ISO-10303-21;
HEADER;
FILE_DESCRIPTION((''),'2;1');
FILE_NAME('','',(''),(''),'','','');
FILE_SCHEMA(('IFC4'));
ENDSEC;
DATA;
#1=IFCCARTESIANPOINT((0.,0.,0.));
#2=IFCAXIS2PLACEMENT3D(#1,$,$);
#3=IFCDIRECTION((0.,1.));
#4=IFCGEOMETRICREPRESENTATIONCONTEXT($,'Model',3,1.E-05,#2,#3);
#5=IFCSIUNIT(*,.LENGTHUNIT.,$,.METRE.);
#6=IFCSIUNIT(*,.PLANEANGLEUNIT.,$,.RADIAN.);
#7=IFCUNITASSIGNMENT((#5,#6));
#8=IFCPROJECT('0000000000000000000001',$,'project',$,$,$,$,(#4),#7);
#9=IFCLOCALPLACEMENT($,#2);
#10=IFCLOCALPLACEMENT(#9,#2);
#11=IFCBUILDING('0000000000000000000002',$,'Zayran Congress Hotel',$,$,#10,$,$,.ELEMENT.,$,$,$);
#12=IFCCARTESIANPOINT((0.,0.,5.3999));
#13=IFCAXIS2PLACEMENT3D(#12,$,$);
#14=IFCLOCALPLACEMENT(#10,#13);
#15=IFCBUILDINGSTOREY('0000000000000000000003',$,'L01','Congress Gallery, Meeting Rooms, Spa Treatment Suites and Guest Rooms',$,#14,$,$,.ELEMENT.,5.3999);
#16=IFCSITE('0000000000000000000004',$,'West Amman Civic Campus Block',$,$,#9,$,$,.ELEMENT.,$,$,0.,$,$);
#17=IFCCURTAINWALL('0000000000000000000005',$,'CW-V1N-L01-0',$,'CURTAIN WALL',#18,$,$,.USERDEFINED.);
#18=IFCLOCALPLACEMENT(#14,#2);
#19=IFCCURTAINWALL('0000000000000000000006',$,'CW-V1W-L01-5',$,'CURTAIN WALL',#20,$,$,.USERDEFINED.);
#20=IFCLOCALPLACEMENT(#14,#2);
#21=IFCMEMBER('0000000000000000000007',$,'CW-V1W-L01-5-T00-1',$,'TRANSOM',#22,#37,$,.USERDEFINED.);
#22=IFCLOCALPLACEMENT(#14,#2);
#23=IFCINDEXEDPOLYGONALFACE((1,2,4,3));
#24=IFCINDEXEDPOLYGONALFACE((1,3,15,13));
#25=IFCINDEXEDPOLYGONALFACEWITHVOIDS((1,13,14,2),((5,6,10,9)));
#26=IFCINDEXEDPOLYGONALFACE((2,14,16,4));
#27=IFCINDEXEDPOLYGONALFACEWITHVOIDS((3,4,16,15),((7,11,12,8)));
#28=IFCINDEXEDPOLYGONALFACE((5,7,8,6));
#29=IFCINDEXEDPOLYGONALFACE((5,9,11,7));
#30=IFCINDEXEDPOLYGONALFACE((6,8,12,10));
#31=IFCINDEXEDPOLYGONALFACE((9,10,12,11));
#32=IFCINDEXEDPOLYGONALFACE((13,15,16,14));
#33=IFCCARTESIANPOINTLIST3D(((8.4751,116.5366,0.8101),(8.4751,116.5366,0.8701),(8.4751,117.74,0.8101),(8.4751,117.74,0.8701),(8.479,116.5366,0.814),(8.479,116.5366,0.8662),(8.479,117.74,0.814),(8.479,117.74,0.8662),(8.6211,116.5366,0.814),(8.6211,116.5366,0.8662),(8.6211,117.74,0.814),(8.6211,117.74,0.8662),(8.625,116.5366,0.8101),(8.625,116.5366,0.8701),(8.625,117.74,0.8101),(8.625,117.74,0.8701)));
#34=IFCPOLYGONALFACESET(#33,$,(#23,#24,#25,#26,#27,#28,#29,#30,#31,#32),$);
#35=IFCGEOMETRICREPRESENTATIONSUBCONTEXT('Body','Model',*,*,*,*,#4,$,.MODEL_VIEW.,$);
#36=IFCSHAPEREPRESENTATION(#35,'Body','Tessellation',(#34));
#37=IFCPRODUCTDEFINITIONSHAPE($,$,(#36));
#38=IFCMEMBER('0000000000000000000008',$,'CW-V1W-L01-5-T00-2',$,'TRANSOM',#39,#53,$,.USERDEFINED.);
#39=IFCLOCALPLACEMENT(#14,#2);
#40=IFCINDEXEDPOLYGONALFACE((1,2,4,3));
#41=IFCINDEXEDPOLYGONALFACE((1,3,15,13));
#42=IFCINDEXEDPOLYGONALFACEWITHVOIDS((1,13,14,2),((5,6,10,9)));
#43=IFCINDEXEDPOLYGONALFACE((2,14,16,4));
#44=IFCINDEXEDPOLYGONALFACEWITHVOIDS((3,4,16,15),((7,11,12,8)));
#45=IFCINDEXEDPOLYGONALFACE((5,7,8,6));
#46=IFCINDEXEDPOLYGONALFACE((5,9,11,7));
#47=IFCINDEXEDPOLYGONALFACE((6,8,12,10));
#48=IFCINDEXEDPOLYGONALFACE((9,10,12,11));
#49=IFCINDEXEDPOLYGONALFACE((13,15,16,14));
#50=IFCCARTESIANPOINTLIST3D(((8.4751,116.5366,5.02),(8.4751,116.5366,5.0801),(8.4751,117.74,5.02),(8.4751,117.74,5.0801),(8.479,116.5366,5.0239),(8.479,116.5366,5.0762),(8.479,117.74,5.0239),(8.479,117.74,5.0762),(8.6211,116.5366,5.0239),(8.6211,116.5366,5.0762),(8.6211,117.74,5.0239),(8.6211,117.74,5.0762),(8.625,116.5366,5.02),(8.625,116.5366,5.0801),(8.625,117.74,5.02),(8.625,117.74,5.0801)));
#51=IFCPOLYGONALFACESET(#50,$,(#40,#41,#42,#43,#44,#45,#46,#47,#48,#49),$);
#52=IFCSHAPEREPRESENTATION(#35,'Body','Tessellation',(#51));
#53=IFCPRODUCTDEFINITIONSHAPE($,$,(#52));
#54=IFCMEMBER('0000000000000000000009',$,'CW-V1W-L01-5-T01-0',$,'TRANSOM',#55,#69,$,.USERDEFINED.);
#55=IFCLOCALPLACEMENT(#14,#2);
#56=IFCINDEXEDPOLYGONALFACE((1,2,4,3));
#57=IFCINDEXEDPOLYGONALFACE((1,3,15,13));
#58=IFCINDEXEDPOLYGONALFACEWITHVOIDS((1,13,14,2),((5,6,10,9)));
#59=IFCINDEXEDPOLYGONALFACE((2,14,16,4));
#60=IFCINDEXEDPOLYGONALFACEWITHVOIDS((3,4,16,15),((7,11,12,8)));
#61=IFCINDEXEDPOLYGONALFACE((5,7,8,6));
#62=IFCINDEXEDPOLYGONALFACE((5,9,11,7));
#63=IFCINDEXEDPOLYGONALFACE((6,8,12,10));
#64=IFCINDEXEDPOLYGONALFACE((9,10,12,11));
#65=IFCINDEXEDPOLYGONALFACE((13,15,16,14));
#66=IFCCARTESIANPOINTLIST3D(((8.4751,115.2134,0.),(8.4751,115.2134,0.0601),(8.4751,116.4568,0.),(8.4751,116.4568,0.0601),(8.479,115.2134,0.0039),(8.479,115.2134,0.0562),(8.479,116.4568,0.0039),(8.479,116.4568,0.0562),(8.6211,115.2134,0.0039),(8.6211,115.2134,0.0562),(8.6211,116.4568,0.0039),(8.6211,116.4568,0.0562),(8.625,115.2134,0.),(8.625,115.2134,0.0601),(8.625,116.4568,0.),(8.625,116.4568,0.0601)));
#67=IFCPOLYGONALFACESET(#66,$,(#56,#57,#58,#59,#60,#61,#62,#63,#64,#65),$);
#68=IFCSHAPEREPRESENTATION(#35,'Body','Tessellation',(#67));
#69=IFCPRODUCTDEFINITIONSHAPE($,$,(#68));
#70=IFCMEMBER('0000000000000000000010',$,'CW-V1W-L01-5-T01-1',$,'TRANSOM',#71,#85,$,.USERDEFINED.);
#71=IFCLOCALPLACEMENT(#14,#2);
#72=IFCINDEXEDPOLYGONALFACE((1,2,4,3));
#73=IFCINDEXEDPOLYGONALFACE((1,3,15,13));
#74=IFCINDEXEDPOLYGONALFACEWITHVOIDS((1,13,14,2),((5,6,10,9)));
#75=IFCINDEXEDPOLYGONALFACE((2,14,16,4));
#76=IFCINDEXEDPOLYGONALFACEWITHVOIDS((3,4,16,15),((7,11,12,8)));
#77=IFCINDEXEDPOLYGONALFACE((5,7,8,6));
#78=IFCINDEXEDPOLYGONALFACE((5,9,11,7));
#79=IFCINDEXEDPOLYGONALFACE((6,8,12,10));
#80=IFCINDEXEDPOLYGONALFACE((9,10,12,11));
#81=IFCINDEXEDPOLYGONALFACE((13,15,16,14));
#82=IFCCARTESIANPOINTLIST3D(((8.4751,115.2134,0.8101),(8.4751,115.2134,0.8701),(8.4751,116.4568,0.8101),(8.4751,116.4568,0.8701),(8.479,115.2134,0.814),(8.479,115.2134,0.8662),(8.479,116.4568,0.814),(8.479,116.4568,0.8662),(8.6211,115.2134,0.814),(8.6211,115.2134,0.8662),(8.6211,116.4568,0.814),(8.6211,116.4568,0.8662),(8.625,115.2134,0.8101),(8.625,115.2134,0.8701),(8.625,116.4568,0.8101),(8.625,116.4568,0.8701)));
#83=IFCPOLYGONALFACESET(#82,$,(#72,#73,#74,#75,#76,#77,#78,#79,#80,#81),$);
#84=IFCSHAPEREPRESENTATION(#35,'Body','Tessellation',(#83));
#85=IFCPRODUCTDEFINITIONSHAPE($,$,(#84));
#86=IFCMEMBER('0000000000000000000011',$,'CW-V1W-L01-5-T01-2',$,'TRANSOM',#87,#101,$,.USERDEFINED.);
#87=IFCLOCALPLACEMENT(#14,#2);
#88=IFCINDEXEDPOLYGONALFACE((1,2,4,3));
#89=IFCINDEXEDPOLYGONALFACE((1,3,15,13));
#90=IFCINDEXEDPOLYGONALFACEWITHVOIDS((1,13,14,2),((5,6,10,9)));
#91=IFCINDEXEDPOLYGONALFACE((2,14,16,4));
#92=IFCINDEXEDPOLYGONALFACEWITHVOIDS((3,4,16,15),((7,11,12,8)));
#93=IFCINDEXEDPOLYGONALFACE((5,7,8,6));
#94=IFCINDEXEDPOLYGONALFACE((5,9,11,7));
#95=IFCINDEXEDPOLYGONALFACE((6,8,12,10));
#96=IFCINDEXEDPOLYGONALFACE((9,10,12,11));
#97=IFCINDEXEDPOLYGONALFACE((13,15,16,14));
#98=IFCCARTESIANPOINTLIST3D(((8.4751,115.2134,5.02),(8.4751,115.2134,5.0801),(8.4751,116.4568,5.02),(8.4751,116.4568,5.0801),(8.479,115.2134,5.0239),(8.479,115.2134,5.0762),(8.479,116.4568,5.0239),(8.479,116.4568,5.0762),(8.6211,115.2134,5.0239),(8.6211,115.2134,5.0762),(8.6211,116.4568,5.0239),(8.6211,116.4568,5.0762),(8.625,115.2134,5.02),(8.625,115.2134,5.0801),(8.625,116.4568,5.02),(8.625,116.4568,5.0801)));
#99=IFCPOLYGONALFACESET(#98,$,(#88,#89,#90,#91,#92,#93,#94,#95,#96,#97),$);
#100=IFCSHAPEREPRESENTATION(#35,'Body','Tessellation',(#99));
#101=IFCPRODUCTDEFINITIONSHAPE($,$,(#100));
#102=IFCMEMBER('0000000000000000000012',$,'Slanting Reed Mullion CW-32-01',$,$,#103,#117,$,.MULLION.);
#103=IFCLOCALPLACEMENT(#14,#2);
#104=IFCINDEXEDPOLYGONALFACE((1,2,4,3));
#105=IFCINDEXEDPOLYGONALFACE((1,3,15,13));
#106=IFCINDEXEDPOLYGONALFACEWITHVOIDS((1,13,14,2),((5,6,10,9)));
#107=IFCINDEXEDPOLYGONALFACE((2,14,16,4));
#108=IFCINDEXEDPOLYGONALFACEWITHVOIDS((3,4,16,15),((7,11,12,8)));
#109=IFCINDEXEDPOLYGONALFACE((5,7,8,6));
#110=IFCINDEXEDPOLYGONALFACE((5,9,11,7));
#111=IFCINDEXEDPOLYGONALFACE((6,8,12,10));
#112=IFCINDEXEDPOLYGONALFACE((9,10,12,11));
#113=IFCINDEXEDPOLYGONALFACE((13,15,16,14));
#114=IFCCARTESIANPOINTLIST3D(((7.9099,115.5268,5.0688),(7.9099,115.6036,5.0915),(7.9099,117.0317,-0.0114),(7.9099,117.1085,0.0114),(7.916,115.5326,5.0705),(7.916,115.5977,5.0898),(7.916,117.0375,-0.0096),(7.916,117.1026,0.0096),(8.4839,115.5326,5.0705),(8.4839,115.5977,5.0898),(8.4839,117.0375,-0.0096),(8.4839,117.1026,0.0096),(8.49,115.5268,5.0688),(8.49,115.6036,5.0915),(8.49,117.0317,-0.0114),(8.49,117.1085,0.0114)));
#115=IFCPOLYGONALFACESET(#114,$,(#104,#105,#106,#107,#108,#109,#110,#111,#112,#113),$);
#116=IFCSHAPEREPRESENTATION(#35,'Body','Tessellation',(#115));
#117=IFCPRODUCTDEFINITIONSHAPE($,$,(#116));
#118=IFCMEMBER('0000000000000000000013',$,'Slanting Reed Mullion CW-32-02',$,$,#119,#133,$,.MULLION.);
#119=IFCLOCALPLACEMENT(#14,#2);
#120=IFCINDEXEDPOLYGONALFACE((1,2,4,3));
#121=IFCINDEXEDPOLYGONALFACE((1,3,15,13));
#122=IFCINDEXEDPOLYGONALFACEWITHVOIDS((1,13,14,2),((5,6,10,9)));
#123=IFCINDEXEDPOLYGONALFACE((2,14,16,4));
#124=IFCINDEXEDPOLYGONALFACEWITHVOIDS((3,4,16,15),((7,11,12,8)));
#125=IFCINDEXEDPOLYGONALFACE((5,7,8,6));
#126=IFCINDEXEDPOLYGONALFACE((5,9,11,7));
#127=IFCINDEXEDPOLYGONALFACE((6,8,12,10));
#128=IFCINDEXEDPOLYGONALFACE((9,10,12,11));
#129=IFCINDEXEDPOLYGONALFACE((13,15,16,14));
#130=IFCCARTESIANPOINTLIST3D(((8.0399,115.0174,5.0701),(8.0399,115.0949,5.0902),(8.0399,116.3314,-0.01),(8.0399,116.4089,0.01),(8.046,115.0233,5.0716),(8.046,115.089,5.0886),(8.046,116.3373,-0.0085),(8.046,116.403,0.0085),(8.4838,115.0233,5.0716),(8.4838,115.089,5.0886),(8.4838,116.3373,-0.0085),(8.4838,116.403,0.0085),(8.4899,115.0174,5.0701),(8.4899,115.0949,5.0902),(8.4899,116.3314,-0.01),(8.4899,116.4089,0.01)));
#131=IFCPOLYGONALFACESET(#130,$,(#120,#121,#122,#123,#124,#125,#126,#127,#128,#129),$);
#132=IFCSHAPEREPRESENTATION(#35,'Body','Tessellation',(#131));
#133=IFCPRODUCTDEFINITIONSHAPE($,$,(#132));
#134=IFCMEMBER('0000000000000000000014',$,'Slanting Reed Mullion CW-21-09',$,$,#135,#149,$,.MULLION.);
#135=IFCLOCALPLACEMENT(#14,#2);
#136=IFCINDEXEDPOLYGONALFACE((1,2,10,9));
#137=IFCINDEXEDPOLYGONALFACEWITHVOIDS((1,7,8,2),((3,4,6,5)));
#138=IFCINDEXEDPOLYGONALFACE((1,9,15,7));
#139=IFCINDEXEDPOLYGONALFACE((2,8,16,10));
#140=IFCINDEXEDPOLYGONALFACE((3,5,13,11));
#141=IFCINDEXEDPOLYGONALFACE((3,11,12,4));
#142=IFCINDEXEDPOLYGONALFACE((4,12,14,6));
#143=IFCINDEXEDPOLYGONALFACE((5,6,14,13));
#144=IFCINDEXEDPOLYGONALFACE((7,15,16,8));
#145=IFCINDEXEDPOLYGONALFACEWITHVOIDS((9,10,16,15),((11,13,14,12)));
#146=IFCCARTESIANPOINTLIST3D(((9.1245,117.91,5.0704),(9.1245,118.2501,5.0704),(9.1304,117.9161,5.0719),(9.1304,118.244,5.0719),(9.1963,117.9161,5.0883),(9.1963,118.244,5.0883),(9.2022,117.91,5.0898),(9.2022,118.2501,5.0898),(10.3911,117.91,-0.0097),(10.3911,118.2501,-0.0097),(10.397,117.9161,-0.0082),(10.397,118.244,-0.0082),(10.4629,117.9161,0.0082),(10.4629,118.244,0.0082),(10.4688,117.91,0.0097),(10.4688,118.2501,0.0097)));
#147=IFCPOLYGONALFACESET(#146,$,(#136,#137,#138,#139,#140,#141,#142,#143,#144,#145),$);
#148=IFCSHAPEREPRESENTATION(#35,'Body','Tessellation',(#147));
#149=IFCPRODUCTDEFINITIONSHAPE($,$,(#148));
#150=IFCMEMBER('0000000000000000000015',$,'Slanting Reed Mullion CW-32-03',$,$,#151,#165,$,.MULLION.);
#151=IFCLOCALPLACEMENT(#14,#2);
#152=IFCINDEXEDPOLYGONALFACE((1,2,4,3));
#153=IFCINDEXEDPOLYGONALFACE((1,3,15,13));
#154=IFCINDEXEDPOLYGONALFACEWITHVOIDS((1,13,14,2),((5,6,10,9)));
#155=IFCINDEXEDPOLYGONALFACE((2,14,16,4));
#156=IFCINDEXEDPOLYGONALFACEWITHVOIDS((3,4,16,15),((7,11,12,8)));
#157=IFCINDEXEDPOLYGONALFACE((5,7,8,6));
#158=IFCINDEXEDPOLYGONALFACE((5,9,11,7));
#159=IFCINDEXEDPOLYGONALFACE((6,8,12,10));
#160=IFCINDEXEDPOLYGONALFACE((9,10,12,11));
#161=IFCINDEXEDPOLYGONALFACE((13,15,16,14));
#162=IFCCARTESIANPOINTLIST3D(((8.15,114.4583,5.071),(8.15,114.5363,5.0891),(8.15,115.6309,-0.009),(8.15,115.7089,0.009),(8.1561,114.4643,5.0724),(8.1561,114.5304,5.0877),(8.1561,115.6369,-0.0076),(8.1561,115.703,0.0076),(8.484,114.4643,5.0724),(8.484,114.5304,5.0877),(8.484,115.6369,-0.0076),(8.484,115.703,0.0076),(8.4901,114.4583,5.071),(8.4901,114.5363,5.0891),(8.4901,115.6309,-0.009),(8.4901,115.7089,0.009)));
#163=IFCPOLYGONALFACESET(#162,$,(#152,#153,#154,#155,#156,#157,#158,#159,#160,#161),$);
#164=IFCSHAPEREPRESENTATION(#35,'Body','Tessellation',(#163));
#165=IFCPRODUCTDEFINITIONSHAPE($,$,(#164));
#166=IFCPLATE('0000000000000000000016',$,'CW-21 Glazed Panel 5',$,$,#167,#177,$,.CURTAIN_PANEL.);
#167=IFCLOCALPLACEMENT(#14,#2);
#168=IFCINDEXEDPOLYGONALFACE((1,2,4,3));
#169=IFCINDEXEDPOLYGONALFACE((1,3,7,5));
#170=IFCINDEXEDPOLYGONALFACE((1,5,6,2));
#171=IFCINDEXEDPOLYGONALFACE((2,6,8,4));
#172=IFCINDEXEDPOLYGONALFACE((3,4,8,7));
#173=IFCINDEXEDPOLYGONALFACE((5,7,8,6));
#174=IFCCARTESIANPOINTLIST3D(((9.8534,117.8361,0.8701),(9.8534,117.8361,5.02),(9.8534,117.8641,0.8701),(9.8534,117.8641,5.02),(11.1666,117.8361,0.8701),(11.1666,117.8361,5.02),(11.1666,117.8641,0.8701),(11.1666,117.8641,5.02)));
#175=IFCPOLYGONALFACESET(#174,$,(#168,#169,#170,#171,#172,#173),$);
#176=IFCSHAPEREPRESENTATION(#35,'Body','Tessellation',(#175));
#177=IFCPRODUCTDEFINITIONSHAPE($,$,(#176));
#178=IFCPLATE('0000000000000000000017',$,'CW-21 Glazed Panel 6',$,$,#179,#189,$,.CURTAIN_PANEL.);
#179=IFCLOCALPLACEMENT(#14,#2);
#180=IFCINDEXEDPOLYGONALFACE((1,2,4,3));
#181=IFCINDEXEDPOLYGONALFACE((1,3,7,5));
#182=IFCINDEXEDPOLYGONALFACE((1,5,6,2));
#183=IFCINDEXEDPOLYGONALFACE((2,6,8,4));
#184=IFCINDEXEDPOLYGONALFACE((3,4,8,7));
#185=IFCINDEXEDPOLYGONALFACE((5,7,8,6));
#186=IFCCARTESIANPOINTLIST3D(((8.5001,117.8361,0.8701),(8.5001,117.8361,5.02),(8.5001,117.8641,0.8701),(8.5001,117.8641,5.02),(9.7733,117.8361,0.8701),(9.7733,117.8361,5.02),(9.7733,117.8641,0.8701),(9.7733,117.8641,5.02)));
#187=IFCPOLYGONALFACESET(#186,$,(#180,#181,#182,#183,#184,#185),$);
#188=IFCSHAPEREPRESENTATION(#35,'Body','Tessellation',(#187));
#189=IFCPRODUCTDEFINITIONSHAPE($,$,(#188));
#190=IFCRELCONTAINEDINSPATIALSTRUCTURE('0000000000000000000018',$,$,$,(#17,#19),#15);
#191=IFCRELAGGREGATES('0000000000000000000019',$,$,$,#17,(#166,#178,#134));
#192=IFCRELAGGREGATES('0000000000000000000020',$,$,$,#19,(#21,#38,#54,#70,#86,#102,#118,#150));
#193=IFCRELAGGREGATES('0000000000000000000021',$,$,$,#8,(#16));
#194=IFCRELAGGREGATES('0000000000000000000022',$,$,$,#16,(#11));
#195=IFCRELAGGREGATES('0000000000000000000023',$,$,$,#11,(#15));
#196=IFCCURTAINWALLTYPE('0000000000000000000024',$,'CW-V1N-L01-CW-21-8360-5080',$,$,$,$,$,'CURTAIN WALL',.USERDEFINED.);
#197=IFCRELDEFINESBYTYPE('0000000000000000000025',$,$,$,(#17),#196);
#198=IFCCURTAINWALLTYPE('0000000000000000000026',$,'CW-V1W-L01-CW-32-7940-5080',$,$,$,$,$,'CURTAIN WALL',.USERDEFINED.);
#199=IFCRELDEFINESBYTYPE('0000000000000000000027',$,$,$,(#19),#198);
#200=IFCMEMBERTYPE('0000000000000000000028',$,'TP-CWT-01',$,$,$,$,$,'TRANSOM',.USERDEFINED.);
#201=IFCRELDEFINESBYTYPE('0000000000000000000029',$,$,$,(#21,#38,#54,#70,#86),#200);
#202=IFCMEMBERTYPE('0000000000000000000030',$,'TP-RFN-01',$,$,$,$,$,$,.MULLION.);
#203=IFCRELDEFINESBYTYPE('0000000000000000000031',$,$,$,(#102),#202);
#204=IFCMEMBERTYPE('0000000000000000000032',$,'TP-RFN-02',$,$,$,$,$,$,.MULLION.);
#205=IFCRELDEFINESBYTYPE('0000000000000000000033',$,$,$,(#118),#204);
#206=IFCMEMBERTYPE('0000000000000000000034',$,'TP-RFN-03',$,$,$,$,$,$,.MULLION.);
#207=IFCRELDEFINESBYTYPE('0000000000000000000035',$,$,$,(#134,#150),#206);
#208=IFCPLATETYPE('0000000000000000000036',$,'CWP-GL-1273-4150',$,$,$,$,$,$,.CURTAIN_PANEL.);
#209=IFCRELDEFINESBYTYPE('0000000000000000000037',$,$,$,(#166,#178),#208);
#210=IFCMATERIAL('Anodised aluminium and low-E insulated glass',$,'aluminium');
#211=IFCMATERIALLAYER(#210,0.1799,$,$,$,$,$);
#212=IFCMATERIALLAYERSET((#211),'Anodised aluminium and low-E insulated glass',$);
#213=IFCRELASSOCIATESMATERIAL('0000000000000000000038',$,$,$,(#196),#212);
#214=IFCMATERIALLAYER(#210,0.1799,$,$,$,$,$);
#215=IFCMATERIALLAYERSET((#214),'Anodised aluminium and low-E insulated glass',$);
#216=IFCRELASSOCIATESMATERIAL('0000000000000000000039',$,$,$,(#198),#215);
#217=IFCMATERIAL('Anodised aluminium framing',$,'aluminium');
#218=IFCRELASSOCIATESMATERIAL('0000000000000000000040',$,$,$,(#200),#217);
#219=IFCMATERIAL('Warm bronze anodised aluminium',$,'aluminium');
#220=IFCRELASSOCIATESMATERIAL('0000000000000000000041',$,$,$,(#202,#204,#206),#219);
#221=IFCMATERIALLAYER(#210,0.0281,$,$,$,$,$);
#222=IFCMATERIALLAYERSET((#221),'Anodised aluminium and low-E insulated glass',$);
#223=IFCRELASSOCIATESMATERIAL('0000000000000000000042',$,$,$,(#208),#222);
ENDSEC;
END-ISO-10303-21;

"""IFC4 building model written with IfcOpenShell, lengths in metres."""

from ifc_helpers import new_model, si_unit, direction, frame, origin, origin_2d, place, context, subcontext, project, spatial, rectangle, hollow_rectangle, extrude, material, layer, layer_set, material_profile, profile_set, type_object, element, aggregate, save


model = new_model("IFC4")

# Units and contexts
model_context = context("Model", 3, precision=1e-05, world=origin(), true_north=direction((0.0, 1.0)))
body_context = subcontext(model_context, "Body", "Model", "MODEL_VIEW")
ifc_project = project(units=[si_unit("LENGTHUNIT", "METRE"), si_unit("PLANEANGLEUNIT", "RADIAN")], contexts=[model_context])

# Site, building, storey
site_placement = place(None, origin())
site = spatial("IfcSite", under=ifc_project, at=site_placement, Name="West Amman Civic Campus Block", CompositionType="ELEMENT", RefElevation=0.0)
building_placement = place(site_placement, origin())
building = spatial("IfcBuilding", under=site, at=building_placement, Name="Zayran Congress Hotel", CompositionType="ELEMENT")
storey_placement = place(building_placement, frame((0.0, 0.0, 5.3999)))
storey = spatial("IfcBuildingStorey", under=building, at=storey_placement, Name="L01", Description="Congress Gallery, Meeting Rooms, Spa Treatment Suites and Guest Rooms", CompositionType="ELEMENT", Elevation=5.3999)

# Curtain walls
ifc_material_1 = material(Name="Anodised aluminium and low-E insulated glass", Category="aluminium")
ifc_layer_1 = layer(ifc_material_1, 0.1799)
ifc_layer_set_1 = layer_set([ifc_layer_1], Name="Anodised aluminium and low-E insulated glass")
curtain_wall_type_1 = type_object("IfcCurtainWallType", Name="CW-V1N-L01-CW-21-8360-5080", ElementType="CURTAIN WALL", PredefinedType="USERDEFINED", material=ifc_layer_set_1)
curtain_wall_1_placement = place(storey_placement, origin())
curtain_wall_1 = element("IfcCurtainWall", 1, at=curtain_wall_1_placement, inside=storey, type_object=curtain_wall_type_1, Name="CW-V1N-L01-0", ObjectType="CURTAIN WALL", PredefinedType="USERDEFINED")
ifc_material_2 = material(Name="Anodised aluminium framing", Category="aluminium")
ifc_layer_2 = layer(ifc_material_1, 0.1799)
ifc_layer_set_2 = layer_set([ifc_layer_2], Name="Anodised aluminium and low-E insulated glass")
curtain_wall_type_2 = type_object("IfcCurtainWallType", Name="CW-V1W-L01-CW-32-7940-5080", ElementType="CURTAIN WALL", PredefinedType="USERDEFINED", material=ifc_layer_set_2)
curtain_wall_2_placement = place(storey_placement, origin())
curtain_wall_2 = element("IfcCurtainWall", 2, at=curtain_wall_2_placement, inside=storey, type_object=curtain_wall_type_2, Name="CW-V1W-L01-5", ObjectType="CURTAIN WALL", PredefinedType="USERDEFINED")

# Members
ifc_material_profile_1 = material_profile(ifc_material_2, hollow_rectangle(XDim=0.0601, YDim=0.1499, WallThickness=0.0039, at=origin_2d()), Name="RHS 150x60x4")
ifc_profile_set_1 = profile_set([ifc_material_profile_1], Name="Anodised aluminium framing")
member_type_1 = type_object("IfcMemberType", Name="TP-CWT-01", ElementType="TRANSOM", PredefinedType="USERDEFINED", material=ifc_profile_set_1)
member_1_placement = place(storey_placement, frame((8.55, 117.74, 0.8401), z_axis=(0.0, -1.0, 0.0), x_axis=(0.0, 0.0, 1.0)))
member_1 = element("IfcMember", 3, at=member_1_placement, type_object=member_type_1, Name="CW-V1W-L01-5-T00-1", ObjectType="TRANSOM", PredefinedType="USERDEFINED", context=body_context, shape_type="SweptSolid", body=[
    extrude(hollow_rectangle(XDim=0.0601, YDim=0.1499, WallThickness=0.0039, at=origin_2d()), origin(), (0.0, 0.0, 1.0), 1.2034),
])
member_2_placement = place(storey_placement, frame((8.55, 117.74, 5.05), z_axis=(0.0, -1.0, 0.0), x_axis=(0.0, 0.0, 1.0)))
member_2 = element("IfcMember", 4, at=member_2_placement, type_object=member_type_1, Name="CW-V1W-L01-5-T00-2", ObjectType="TRANSOM", PredefinedType="USERDEFINED", context=body_context, shape_type="SweptSolid", body=[
    extrude(hollow_rectangle(XDim=0.0601, YDim=0.1499, WallThickness=0.0039, at=origin_2d()), origin(), (0.0, 0.0, 1.0), 1.2034),
])
member_3_placement = place(storey_placement, frame((8.55, 116.4568, 0.03), z_axis=(0.0, -1.0, 0.0), x_axis=(0.0, 0.0, 1.0)))
member_3 = element("IfcMember", 5, at=member_3_placement, type_object=member_type_1, Name="CW-V1W-L01-5-T01-0", ObjectType="TRANSOM", PredefinedType="USERDEFINED", context=body_context, shape_type="SweptSolid", body=[
    extrude(hollow_rectangle(XDim=0.0601, YDim=0.1499, WallThickness=0.0039, at=origin_2d()), origin(), (0.0, 0.0, 1.0), 1.2434),
])
member_4_placement = place(storey_placement, frame((8.55, 116.4568, 0.8401), z_axis=(0.0, -1.0, 0.0), x_axis=(0.0, 0.0, 1.0)))
member_4 = element("IfcMember", 6, at=member_4_placement, type_object=member_type_1, Name="CW-V1W-L01-5-T01-1", ObjectType="TRANSOM", PredefinedType="USERDEFINED", context=body_context, shape_type="SweptSolid", body=[
    extrude(hollow_rectangle(XDim=0.0601, YDim=0.1499, WallThickness=0.0039, at=origin_2d()), origin(), (0.0, 0.0, 1.0), 1.2434),
])
member_5_placement = place(storey_placement, frame((8.55, 116.4568, 5.05), z_axis=(0.0, -1.0, 0.0), x_axis=(0.0, 0.0, 1.0)))
member_5 = element("IfcMember", 7, at=member_5_placement, type_object=member_type_1, Name="CW-V1W-L01-5-T01-2", ObjectType="TRANSOM", PredefinedType="USERDEFINED", context=body_context, shape_type="SweptSolid", body=[
    extrude(hollow_rectangle(XDim=0.0601, YDim=0.1499, WallThickness=0.0039, at=origin_2d()), origin(), (0.0, 0.0, 1.0), 1.2434),
])
ifc_material_3 = material(Name="Warm bronze anodised aluminium", Category="aluminium")
ifc_material_profile_2 = material_profile(ifc_material_3, hollow_rectangle(XDim=0.0801, YDim=0.5801, WallThickness=0.0061, at=origin_2d()), Name="RHS 580x80x6")
ifc_profile_set_2 = profile_set([ifc_material_profile_2], Name="Warm bronze anodised aluminium")
member_type_2 = type_object("IfcMemberType", Name="TP-RFN-01", PredefinedType="MULLION", material=ifc_profile_set_2)
member_6_placement = place(storey_placement, frame((8.2, 117.0701, 0.0), z_axis=(0.0, -0.284032, 0.958815), x_axis=(0.0, 0.958815, 0.284032)))
member_6 = element("IfcMember", 8, at=member_6_placement, type_object=member_type_2, Name="Slanting Reed Mullion CW-32-01", PredefinedType="MULLION", context=body_context, shape_type="SweptSolid", body=[
    extrude(hollow_rectangle(XDim=0.0801, YDim=0.5801, WallThickness=0.0061, at=origin_2d()), origin(), (0.0, 0.0, 1.0), 5.2983),
])
ifc_material_profile_3 = material_profile(ifc_material_3, hollow_rectangle(XDim=0.0801, YDim=0.45, WallThickness=0.0061, at=origin_2d()), Name="RHS 450x80x6")
ifc_profile_set_3 = profile_set([ifc_material_profile_3], Name="Warm bronze anodised aluminium")
member_type_3 = type_object("IfcMemberType", Name="TP-RFN-02", PredefinedType="MULLION", material=ifc_profile_set_3)
member_7_placement = place(storey_placement, frame((8.2649, 116.3701, 0.0), z_axis=(0.0, -0.25041, 0.96814), x_axis=(0.0, 0.96814, 0.25041)))
member_7 = element("IfcMember", 9, at=member_7_placement, type_object=member_type_3, Name="Slanting Reed Mullion CW-32-02", PredefinedType="MULLION", context=body_context, shape_type="SweptSolid", body=[
    extrude(hollow_rectangle(XDim=0.0801, YDim=0.45, WallThickness=0.0061, at=origin_2d()), origin(), (0.0, 0.0, 1.0), 5.2473),
])
ifc_material_profile_4 = material_profile(ifc_material_3, hollow_rectangle(XDim=0.0801, YDim=0.3401, WallThickness=0.0061, at=origin_2d()), Name="RHS 340x80x6")
ifc_profile_set_4 = profile_set([ifc_material_profile_4], Name="Warm bronze anodised aluminium")
member_type_4 = type_object("IfcMemberType", Name="TP-RFN-03", PredefinedType="MULLION", material=ifc_profile_set_4)
member_8_placement = place(storey_placement, frame((10.4299, 118.0801, 0.0), z_axis=(-0.241921, 0.0, 0.970296), x_axis=(0.970296, 0.0, 0.241921)))
member_8 = element("IfcMember", 10, at=member_8_placement, type_object=member_type_4, Name="Slanting Reed Mullion CW-21-09", PredefinedType="MULLION", context=body_context, shape_type="SweptSolid", body=[
    extrude(hollow_rectangle(XDim=0.0801, YDim=0.3401, WallThickness=0.0061, at=origin_2d()), origin(), (0.0, 0.0, 1.0), 5.2356),
])
member_9_placement = place(storey_placement, frame((8.3201, 115.6699, 0.0), z_axis=(0.0, -0.224911, 0.974379), x_axis=(0.0, 0.974379, 0.224911)))
member_9 = element("IfcMember", 11, at=member_9_placement, type_object=member_type_4, Name="Slanting Reed Mullion CW-32-03", PredefinedType="MULLION", context=body_context, shape_type="SweptSolid", body=[
    extrude(hollow_rectangle(XDim=0.0801, YDim=0.3401, WallThickness=0.0061, at=origin_2d()), origin(), (0.0, 0.0, 1.0), 5.2136),
])

# Plates
ifc_layer_3 = layer(ifc_material_1, 0.0281)
ifc_layer_set_3 = layer_set([ifc_layer_3], Name="Anodised aluminium and low-E insulated glass")
plate_type_1 = type_object("IfcPlateType", Name="CWP-GL-1273-4150", PredefinedType="CURTAIN_PANEL", material=ifc_layer_set_3)
plate_1_placement = place(storey_placement, frame((10.51, 117.8501, 0.8701), z_axis=(0.0, 0.0, 1.0), x_axis=(1.0, 0.0, 0.0)))
plate_1 = element("IfcPlate", 12, at=plate_1_placement, type_object=plate_type_1, Name="CW-21 Glazed Panel 5", PredefinedType="CURTAIN_PANEL", context=body_context, shape_type="SweptSolid", body=[
    extrude(rectangle(XDim=1.3132, YDim=0.0281, at=origin_2d()), origin(), (0.0, 0.0, 1.0), 4.1499),
])
plate_2_placement = place(storey_placement, frame((9.1367, 117.8501, 0.8701), z_axis=(0.0, 0.0, 1.0), x_axis=(1.0, 0.0, 0.0)))
plate_2 = element("IfcPlate", 13, at=plate_2_placement, type_object=plate_type_1, Name="CW-21 Glazed Panel 6", PredefinedType="CURTAIN_PANEL", context=body_context, shape_type="SweptSolid", body=[
    extrude(rectangle(XDim=1.2732, YDim=0.0281, at=origin_2d()), origin(), (0.0, 0.0, 1.0), 4.1499),
])
aggregate(curtain_wall_1, [plate_1, plate_2, member_8])
aggregate(curtain_wall_2, [member_1, member_2, member_3, member_4, member_5, member_6, member_7, member_9])

save(model, "model.ifc")
